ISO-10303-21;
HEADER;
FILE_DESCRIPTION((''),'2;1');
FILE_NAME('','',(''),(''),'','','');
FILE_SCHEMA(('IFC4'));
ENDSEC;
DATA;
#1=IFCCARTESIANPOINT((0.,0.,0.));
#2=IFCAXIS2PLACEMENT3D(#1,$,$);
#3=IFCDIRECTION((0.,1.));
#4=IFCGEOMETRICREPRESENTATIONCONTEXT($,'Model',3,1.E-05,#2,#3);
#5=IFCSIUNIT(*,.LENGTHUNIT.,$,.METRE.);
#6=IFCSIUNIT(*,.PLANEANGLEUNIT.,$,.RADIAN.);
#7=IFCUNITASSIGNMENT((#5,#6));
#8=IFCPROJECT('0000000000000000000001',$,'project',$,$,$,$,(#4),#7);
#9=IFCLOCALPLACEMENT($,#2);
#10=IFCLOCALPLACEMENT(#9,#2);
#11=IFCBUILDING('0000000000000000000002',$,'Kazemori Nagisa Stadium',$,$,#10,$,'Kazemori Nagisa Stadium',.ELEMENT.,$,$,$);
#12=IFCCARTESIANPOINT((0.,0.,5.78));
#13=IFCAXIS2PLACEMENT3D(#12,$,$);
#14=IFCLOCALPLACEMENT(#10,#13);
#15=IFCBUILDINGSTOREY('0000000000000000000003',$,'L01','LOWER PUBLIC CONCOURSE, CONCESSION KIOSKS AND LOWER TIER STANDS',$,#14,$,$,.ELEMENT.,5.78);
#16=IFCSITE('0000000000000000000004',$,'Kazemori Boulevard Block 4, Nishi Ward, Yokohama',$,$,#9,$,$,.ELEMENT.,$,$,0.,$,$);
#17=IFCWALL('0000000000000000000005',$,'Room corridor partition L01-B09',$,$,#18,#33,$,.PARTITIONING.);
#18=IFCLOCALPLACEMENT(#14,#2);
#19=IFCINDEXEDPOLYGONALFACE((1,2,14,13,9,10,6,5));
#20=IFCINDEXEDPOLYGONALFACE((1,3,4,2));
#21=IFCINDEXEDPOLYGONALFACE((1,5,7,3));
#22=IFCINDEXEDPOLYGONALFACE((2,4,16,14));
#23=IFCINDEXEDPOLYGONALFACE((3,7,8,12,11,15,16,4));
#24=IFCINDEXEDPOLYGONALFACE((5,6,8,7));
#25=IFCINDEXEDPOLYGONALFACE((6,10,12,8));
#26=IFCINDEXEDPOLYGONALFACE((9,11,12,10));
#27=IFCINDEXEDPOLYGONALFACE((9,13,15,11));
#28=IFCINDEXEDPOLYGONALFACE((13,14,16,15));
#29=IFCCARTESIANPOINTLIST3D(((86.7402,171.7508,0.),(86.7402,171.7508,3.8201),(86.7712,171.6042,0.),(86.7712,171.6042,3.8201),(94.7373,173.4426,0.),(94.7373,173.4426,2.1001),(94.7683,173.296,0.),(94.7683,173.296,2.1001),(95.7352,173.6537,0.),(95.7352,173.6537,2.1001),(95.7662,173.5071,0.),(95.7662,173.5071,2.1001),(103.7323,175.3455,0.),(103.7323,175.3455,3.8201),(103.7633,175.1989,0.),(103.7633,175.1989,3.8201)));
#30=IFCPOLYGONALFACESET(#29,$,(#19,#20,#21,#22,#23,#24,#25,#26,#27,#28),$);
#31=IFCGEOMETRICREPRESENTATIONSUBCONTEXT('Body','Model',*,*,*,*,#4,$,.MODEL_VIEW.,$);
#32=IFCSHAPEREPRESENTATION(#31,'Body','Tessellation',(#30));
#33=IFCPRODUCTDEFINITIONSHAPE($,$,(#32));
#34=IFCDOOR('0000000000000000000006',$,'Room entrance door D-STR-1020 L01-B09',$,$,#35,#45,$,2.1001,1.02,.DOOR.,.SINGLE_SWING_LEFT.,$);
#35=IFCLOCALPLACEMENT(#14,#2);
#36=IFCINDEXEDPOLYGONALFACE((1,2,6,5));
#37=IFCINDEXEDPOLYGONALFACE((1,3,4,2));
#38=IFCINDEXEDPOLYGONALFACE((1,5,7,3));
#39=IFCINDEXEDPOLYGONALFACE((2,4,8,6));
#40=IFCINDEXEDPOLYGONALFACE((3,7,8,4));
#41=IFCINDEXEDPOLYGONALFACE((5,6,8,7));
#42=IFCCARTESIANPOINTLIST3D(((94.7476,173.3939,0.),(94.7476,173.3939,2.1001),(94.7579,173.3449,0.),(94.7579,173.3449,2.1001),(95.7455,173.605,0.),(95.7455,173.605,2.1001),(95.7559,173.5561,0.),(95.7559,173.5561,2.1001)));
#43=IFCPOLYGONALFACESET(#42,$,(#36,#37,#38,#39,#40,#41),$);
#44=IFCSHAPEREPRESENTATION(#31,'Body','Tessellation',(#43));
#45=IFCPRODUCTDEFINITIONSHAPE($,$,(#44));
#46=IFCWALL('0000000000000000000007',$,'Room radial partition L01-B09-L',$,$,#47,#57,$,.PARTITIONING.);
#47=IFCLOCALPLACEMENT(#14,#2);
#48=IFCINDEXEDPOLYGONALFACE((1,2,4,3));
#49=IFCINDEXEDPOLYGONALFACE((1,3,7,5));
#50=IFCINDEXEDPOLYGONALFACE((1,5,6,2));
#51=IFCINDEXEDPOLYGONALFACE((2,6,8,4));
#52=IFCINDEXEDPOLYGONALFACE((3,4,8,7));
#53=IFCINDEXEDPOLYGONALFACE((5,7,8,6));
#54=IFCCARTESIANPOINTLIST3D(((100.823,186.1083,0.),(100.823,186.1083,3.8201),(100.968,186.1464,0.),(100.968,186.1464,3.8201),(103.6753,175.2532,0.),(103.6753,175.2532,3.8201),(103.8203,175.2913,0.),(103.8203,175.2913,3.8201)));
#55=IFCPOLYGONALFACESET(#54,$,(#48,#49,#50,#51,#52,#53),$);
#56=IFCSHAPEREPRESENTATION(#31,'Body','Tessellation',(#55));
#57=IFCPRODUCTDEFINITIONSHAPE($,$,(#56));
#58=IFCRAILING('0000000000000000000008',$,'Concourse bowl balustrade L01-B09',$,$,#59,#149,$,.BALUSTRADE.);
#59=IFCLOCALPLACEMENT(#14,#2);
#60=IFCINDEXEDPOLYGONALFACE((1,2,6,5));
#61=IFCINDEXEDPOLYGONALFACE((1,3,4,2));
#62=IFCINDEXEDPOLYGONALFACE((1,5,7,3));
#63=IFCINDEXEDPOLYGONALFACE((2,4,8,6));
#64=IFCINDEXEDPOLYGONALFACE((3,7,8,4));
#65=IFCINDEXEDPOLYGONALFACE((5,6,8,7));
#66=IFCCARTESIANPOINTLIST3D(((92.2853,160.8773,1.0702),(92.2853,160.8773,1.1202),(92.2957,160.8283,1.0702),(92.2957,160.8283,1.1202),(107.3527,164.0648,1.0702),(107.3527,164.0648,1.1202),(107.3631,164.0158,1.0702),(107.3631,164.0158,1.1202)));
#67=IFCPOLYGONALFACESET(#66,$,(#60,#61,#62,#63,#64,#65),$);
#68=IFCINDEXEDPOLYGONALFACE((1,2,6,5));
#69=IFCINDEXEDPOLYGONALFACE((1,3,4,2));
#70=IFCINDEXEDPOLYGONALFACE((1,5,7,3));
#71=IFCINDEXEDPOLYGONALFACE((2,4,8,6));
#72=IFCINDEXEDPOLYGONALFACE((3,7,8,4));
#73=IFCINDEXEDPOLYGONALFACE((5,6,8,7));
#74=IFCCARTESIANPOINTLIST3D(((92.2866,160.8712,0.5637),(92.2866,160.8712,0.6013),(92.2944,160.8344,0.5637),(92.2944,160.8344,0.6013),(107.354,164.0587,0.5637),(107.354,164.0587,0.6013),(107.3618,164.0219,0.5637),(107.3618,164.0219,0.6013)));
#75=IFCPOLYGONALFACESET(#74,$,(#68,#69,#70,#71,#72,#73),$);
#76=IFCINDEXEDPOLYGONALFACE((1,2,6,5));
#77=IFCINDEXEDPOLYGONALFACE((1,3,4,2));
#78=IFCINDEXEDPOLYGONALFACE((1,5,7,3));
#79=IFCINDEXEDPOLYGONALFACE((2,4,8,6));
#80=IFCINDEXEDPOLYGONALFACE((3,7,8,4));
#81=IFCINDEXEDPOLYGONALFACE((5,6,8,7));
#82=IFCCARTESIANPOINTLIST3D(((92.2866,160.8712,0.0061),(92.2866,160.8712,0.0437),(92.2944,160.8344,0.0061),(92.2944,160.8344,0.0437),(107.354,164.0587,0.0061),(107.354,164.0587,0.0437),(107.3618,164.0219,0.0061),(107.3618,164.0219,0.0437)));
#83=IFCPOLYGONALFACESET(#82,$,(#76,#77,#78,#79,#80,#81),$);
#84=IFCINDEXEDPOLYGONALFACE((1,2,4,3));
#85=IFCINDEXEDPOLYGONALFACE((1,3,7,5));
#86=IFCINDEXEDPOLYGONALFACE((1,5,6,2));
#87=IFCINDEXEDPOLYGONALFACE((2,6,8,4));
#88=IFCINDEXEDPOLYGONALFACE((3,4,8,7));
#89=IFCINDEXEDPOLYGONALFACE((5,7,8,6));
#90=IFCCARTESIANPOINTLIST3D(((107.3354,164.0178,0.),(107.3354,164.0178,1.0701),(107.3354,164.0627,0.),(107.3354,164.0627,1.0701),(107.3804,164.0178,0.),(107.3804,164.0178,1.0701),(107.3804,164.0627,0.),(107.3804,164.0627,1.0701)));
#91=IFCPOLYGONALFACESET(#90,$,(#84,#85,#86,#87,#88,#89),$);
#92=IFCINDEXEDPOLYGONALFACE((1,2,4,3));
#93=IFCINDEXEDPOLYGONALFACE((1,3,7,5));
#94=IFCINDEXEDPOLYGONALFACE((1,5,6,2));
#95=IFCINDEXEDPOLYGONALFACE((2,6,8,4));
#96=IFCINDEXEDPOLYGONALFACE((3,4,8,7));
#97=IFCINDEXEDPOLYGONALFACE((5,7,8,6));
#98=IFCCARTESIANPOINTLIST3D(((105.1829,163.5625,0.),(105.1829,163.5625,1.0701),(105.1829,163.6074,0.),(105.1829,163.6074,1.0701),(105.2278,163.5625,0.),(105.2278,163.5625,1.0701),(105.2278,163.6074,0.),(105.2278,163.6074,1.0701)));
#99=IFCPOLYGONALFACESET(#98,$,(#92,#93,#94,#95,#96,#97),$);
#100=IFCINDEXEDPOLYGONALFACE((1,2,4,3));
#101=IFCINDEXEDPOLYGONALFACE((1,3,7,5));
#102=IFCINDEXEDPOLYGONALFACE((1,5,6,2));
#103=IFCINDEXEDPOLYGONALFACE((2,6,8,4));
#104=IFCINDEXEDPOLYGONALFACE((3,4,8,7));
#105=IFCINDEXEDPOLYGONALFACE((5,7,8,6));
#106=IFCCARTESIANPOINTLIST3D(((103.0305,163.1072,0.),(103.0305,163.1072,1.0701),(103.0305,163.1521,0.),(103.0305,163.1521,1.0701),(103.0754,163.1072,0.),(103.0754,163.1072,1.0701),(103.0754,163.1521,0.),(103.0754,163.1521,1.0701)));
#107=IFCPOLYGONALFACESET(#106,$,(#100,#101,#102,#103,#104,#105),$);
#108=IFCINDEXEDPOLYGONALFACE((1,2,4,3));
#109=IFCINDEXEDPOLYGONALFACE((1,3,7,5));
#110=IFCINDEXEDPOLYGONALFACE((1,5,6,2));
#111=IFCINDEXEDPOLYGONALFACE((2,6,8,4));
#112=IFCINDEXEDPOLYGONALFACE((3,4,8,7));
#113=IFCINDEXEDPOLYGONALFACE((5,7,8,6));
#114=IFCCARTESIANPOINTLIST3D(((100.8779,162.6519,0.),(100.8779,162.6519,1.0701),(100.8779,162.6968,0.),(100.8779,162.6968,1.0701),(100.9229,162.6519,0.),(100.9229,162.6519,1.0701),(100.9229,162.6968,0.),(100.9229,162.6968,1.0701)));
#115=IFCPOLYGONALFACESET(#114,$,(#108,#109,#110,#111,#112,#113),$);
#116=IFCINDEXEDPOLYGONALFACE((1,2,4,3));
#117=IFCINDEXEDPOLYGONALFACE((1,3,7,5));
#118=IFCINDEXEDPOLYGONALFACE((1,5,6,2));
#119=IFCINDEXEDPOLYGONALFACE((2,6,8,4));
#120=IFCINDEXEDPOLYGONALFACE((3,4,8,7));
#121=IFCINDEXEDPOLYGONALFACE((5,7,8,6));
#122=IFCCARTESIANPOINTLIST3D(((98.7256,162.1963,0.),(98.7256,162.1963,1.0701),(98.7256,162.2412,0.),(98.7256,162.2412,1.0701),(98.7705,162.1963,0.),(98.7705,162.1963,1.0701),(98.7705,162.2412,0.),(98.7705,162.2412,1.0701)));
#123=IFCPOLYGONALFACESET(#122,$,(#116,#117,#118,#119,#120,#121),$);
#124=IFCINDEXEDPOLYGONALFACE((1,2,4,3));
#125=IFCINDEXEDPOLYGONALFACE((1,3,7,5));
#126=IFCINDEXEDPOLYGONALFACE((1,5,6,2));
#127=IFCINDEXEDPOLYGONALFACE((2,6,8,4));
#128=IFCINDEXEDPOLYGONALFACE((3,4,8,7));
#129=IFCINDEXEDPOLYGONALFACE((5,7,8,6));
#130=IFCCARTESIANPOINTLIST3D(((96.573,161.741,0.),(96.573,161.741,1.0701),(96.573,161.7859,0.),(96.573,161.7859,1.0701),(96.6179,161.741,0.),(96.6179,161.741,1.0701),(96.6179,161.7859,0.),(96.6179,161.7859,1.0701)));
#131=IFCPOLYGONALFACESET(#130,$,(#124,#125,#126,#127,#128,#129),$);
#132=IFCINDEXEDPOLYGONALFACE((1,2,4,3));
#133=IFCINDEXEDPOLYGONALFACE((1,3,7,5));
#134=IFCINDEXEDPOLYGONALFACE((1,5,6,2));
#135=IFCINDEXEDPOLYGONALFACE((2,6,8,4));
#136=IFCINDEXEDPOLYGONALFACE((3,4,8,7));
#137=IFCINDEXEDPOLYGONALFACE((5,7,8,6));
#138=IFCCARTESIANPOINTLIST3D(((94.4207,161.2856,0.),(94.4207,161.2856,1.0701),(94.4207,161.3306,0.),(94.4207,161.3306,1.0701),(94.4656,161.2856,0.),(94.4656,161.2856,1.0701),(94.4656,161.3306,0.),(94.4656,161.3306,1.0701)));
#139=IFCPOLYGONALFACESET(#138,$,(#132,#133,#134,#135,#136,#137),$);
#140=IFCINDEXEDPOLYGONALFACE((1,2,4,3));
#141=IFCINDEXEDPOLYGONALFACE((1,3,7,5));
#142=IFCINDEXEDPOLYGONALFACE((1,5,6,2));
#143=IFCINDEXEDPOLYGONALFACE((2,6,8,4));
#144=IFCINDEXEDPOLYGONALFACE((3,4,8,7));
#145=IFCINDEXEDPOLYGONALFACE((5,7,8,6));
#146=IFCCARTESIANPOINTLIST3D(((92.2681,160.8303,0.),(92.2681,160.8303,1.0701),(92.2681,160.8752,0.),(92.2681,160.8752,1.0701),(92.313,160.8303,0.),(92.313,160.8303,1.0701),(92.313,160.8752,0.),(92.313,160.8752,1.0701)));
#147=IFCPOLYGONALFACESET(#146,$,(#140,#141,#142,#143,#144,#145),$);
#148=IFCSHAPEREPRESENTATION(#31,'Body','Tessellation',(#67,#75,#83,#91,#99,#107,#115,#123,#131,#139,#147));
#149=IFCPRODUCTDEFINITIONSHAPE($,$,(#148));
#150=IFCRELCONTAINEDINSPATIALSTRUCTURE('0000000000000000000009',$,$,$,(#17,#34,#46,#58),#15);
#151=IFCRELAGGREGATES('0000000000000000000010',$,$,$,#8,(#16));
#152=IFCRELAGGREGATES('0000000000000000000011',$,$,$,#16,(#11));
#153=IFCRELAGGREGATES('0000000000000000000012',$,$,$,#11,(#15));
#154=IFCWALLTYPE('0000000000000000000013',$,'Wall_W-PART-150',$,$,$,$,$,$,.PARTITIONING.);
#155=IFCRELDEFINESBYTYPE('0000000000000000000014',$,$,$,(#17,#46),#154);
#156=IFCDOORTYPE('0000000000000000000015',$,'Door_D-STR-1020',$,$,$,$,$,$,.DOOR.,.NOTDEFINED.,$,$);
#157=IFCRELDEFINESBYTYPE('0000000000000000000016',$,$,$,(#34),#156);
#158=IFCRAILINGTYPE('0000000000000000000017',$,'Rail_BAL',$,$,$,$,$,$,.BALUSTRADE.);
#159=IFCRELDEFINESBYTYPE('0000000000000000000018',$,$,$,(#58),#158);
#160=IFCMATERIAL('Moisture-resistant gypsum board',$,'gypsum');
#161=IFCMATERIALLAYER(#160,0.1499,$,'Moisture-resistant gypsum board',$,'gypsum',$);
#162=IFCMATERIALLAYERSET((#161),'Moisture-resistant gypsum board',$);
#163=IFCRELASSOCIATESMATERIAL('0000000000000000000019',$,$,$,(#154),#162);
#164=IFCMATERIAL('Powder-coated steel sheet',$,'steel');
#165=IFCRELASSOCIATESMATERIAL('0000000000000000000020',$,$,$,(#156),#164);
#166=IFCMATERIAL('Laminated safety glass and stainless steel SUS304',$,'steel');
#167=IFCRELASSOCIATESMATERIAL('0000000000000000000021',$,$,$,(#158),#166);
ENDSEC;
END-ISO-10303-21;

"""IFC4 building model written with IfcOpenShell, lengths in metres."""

from ifc_helpers import new_model, si_unit, direction, frame, frame_2d, origin, origin_2d, place, context, subcontext, project, spatial, rectangle, extrude, material, layer, layer_set, type_object, element, fill, save


model = new_model("IFC4")

# Units and contexts
model_context = context("Model", 3, precision=1e-05, world=origin(), true_north=direction((0.0, 1.0)))
body_context = subcontext(model_context, "Body", "Model", "MODEL_VIEW")
ifc_project = project(units=[si_unit("LENGTHUNIT", "METRE"), si_unit("PLANEANGLEUNIT", "RADIAN")], contexts=[model_context])

# Site, building, storey
site_placement = place(None, origin())
site = spatial("IfcSite", under=ifc_project, at=site_placement, Name="Kazemori Boulevard Block 4, Nishi Ward, Yokohama", CompositionType="ELEMENT", RefElevation=0.0)
building_placement = place(site_placement, origin())
building = spatial("IfcBuilding", under=site, at=building_placement, Name="Kazemori Nagisa Stadium", LongName="Kazemori Nagisa Stadium", CompositionType="ELEMENT")
storey_placement = place(building_placement, frame((0.0, 0.0, 5.78)))
storey = spatial("IfcBuildingStorey", under=building, at=storey_placement, Name="L01", Description="LOWER PUBLIC CONCOURSE, CONCESSION KIOSKS AND LOWER TIER STANDS", CompositionType="ELEMENT", Elevation=5.78)

# Wall, opening, door
ifc_material_1 = material(Name="Moisture-resistant gypsum board", Category="gypsum")
ifc_layer_1 = layer(ifc_material_1, 0.1499, Name="Moisture-resistant gypsum board", Category="gypsum")
ifc_layer_set_1 = layer_set([ifc_layer_1], Name="Moisture-resistant gypsum board")
wall_type_1 = type_object("IfcWallType", Name="Wall_W-PART-150", PredefinedType="PARTITIONING", material=ifc_layer_set_1)
wall_1_placement = place(storey_placement, frame((103.7478, 175.2722, 0.0), z_axis=(0.0, 0.0, 1.0), x_axis=(-0.978347, -0.206971, 0.0)))
wall_1 = element("IfcWall", 1, at=wall_1_placement, inside=storey, type_object=wall_type_1, Name="Room corridor partition L01-B09", PredefinedType="PARTITIONING", context=body_context, shape_type="SweptSolid", body=[
    extrude(rectangle(XDim=17.3682, YDim=0.1499, at=frame_2d((8.6841, 0.0))), origin(), (0.0, 0.0, 1.0), 3.8201),
])
opening_placement = place(wall_1_placement, frame((8.1741, 0.0, 0.0)))
opening = element("IfcOpeningElement", 2, at=opening_placement, cuts=wall_1, PredefinedType="OPENING", context=body_context, shape_type="SweptSolid", body=[
    extrude(rectangle(XDim=1.02, YDim=2.1001, at=frame_2d((0.51, 1.05))), frame((0.0, 0.085, 0.0), z_axis=(0.0, -1.0, 0.0), x_axis=(1.0, 0.0, 0.0)), (0.0, 0.0, 1.0), 0.1699),
])
ifc_material_2 = material(Name="Powder-coated steel sheet", Category="steel")
door_type = type_object("IfcDoorType", Name="Door_D-STR-1020", OperationType="NOTDEFINED", PredefinedType="DOOR", material=ifc_material_2)
door_placement = place(opening_placement, origin())
door = element("IfcDoor", 3, at=door_placement, inside=storey, type_object=door_type, Name="Room entrance door D-STR-1020 L01-B09", OperationType="SINGLE_SWING_LEFT", OverallHeight=2.1001, OverallWidth=1.02, PredefinedType="DOOR", context=body_context, shape_type="SweptSolid", body=[
    extrude(rectangle(XDim=1.02, YDim=2.1001, at=frame_2d((0.51, 1.05))), frame((0.0, 0.0249, 0.0), z_axis=(0.0, -1.0, 0.0), x_axis=(1.0, 0.0, 0.0)), (0.0, 0.0, 1.0), 0.05),
])
fill(opening, door)

# Wall
wall_2_placement = place(storey_placement, frame((103.7478, 175.2722, 0.0), z_axis=(0.0, 0.0, 1.0), x_axis=(-0.254131, 0.96717, 0.0)))
element("IfcWall", 4, at=wall_2_placement, inside=storey, type_object=wall_type_1, Name="Room radial partition L01-B09-L", PredefinedType="PARTITIONING", context=body_context, shape_type="SweptSolid", body=[
    extrude(rectangle(XDim=11.2236, YDim=0.1499, at=frame_2d((5.6118, 0.0))), origin(), (0.0, 0.0, 1.0), 3.8201),
])

# Railing
ifc_material_3 = material(Name="Laminated safety glass and stainless steel SUS304", Category="steel")
railing_type_1 = type_object("IfcRailingType", Name="Rail_BAL", PredefinedType="BALUSTRADE", material=ifc_material_3)
railing_1_placement = place(storey_placement, frame((107.3579, 164.0403, 0.0)))
element("IfcRailing", 5, at=railing_1_placement, inside=storey, type_object=railing_type_1, Name="Concourse bowl balustrade L01-B09", PredefinedType="BALUSTRADE", context=body_context, shape_type="SweptSolid", body=[
    extrude(rectangle(XDim=0.05, YDim=0.05, at=origin_2d()), frame((0.0, 0.0, 1.0952), z_axis=(-0.978347, -0.206969, 0.0), x_axis=(0.206969, -0.978347, 0.0)), (0.0, 0.0, 1.0), 15.4009),
    extrude(rectangle(XDim=0.0376, YDim=0.0376, at=origin_2d()), frame((0.0, 0.0, 0.5825), z_axis=(-0.978347, -0.206969, 0.0), x_axis=(0.206969, -0.978347, 0.0)), (0.0, 0.0, 1.0), 15.4009),
    extrude(rectangle(XDim=0.0376, YDim=0.0376, at=origin_2d()), frame((0.0, 0.0, 0.0249), z_axis=(-0.978347, -0.206969, 0.0), x_axis=(0.206969, -0.978347, 0.0)), (0.0, 0.0, 1.0), 15.4009),
    extrude(rectangle(XDim=0.0449, YDim=0.0449, at=origin_2d()), origin(), (0.0, 0.0, 1.0), 1.0701),
    extrude(rectangle(XDim=0.0449, YDim=0.0449, at=origin_2d()), frame((-2.1526, -0.4553, 0.0)), (0.0, 0.0, 1.0), 1.0701),
    extrude(rectangle(XDim=0.0449, YDim=0.0449, at=origin_2d()), frame((-4.3049, -0.9106, 0.0)), (0.0, 0.0, 1.0), 1.0701),
    extrude(rectangle(XDim=0.0449, YDim=0.0449, at=origin_2d()), frame((-6.4575, -1.366, 0.0)), (0.0, 0.0, 1.0), 1.0701),
    extrude(rectangle(XDim=0.0449, YDim=0.0449, at=origin_2d()), frame((-8.6099, -1.8215, 0.0)), (0.0, 0.0, 1.0), 1.0701),
    extrude(rectangle(XDim=0.0449, YDim=0.0449, at=origin_2d()), frame((-10.7625, -2.2769, 0.0)), (0.0, 0.0, 1.0), 1.0701),
    extrude(rectangle(XDim=0.0449, YDim=0.0449, at=origin_2d()), frame((-12.9148, -2.7322, 0.0)), (0.0, 0.0, 1.0), 1.0701),
    extrude(rectangle(XDim=0.0449, YDim=0.0449, at=origin_2d()), frame((-15.0674, -3.1875, 0.0)), (0.0, 0.0, 1.0), 1.0701),
])

save(model, "model.ifc")
